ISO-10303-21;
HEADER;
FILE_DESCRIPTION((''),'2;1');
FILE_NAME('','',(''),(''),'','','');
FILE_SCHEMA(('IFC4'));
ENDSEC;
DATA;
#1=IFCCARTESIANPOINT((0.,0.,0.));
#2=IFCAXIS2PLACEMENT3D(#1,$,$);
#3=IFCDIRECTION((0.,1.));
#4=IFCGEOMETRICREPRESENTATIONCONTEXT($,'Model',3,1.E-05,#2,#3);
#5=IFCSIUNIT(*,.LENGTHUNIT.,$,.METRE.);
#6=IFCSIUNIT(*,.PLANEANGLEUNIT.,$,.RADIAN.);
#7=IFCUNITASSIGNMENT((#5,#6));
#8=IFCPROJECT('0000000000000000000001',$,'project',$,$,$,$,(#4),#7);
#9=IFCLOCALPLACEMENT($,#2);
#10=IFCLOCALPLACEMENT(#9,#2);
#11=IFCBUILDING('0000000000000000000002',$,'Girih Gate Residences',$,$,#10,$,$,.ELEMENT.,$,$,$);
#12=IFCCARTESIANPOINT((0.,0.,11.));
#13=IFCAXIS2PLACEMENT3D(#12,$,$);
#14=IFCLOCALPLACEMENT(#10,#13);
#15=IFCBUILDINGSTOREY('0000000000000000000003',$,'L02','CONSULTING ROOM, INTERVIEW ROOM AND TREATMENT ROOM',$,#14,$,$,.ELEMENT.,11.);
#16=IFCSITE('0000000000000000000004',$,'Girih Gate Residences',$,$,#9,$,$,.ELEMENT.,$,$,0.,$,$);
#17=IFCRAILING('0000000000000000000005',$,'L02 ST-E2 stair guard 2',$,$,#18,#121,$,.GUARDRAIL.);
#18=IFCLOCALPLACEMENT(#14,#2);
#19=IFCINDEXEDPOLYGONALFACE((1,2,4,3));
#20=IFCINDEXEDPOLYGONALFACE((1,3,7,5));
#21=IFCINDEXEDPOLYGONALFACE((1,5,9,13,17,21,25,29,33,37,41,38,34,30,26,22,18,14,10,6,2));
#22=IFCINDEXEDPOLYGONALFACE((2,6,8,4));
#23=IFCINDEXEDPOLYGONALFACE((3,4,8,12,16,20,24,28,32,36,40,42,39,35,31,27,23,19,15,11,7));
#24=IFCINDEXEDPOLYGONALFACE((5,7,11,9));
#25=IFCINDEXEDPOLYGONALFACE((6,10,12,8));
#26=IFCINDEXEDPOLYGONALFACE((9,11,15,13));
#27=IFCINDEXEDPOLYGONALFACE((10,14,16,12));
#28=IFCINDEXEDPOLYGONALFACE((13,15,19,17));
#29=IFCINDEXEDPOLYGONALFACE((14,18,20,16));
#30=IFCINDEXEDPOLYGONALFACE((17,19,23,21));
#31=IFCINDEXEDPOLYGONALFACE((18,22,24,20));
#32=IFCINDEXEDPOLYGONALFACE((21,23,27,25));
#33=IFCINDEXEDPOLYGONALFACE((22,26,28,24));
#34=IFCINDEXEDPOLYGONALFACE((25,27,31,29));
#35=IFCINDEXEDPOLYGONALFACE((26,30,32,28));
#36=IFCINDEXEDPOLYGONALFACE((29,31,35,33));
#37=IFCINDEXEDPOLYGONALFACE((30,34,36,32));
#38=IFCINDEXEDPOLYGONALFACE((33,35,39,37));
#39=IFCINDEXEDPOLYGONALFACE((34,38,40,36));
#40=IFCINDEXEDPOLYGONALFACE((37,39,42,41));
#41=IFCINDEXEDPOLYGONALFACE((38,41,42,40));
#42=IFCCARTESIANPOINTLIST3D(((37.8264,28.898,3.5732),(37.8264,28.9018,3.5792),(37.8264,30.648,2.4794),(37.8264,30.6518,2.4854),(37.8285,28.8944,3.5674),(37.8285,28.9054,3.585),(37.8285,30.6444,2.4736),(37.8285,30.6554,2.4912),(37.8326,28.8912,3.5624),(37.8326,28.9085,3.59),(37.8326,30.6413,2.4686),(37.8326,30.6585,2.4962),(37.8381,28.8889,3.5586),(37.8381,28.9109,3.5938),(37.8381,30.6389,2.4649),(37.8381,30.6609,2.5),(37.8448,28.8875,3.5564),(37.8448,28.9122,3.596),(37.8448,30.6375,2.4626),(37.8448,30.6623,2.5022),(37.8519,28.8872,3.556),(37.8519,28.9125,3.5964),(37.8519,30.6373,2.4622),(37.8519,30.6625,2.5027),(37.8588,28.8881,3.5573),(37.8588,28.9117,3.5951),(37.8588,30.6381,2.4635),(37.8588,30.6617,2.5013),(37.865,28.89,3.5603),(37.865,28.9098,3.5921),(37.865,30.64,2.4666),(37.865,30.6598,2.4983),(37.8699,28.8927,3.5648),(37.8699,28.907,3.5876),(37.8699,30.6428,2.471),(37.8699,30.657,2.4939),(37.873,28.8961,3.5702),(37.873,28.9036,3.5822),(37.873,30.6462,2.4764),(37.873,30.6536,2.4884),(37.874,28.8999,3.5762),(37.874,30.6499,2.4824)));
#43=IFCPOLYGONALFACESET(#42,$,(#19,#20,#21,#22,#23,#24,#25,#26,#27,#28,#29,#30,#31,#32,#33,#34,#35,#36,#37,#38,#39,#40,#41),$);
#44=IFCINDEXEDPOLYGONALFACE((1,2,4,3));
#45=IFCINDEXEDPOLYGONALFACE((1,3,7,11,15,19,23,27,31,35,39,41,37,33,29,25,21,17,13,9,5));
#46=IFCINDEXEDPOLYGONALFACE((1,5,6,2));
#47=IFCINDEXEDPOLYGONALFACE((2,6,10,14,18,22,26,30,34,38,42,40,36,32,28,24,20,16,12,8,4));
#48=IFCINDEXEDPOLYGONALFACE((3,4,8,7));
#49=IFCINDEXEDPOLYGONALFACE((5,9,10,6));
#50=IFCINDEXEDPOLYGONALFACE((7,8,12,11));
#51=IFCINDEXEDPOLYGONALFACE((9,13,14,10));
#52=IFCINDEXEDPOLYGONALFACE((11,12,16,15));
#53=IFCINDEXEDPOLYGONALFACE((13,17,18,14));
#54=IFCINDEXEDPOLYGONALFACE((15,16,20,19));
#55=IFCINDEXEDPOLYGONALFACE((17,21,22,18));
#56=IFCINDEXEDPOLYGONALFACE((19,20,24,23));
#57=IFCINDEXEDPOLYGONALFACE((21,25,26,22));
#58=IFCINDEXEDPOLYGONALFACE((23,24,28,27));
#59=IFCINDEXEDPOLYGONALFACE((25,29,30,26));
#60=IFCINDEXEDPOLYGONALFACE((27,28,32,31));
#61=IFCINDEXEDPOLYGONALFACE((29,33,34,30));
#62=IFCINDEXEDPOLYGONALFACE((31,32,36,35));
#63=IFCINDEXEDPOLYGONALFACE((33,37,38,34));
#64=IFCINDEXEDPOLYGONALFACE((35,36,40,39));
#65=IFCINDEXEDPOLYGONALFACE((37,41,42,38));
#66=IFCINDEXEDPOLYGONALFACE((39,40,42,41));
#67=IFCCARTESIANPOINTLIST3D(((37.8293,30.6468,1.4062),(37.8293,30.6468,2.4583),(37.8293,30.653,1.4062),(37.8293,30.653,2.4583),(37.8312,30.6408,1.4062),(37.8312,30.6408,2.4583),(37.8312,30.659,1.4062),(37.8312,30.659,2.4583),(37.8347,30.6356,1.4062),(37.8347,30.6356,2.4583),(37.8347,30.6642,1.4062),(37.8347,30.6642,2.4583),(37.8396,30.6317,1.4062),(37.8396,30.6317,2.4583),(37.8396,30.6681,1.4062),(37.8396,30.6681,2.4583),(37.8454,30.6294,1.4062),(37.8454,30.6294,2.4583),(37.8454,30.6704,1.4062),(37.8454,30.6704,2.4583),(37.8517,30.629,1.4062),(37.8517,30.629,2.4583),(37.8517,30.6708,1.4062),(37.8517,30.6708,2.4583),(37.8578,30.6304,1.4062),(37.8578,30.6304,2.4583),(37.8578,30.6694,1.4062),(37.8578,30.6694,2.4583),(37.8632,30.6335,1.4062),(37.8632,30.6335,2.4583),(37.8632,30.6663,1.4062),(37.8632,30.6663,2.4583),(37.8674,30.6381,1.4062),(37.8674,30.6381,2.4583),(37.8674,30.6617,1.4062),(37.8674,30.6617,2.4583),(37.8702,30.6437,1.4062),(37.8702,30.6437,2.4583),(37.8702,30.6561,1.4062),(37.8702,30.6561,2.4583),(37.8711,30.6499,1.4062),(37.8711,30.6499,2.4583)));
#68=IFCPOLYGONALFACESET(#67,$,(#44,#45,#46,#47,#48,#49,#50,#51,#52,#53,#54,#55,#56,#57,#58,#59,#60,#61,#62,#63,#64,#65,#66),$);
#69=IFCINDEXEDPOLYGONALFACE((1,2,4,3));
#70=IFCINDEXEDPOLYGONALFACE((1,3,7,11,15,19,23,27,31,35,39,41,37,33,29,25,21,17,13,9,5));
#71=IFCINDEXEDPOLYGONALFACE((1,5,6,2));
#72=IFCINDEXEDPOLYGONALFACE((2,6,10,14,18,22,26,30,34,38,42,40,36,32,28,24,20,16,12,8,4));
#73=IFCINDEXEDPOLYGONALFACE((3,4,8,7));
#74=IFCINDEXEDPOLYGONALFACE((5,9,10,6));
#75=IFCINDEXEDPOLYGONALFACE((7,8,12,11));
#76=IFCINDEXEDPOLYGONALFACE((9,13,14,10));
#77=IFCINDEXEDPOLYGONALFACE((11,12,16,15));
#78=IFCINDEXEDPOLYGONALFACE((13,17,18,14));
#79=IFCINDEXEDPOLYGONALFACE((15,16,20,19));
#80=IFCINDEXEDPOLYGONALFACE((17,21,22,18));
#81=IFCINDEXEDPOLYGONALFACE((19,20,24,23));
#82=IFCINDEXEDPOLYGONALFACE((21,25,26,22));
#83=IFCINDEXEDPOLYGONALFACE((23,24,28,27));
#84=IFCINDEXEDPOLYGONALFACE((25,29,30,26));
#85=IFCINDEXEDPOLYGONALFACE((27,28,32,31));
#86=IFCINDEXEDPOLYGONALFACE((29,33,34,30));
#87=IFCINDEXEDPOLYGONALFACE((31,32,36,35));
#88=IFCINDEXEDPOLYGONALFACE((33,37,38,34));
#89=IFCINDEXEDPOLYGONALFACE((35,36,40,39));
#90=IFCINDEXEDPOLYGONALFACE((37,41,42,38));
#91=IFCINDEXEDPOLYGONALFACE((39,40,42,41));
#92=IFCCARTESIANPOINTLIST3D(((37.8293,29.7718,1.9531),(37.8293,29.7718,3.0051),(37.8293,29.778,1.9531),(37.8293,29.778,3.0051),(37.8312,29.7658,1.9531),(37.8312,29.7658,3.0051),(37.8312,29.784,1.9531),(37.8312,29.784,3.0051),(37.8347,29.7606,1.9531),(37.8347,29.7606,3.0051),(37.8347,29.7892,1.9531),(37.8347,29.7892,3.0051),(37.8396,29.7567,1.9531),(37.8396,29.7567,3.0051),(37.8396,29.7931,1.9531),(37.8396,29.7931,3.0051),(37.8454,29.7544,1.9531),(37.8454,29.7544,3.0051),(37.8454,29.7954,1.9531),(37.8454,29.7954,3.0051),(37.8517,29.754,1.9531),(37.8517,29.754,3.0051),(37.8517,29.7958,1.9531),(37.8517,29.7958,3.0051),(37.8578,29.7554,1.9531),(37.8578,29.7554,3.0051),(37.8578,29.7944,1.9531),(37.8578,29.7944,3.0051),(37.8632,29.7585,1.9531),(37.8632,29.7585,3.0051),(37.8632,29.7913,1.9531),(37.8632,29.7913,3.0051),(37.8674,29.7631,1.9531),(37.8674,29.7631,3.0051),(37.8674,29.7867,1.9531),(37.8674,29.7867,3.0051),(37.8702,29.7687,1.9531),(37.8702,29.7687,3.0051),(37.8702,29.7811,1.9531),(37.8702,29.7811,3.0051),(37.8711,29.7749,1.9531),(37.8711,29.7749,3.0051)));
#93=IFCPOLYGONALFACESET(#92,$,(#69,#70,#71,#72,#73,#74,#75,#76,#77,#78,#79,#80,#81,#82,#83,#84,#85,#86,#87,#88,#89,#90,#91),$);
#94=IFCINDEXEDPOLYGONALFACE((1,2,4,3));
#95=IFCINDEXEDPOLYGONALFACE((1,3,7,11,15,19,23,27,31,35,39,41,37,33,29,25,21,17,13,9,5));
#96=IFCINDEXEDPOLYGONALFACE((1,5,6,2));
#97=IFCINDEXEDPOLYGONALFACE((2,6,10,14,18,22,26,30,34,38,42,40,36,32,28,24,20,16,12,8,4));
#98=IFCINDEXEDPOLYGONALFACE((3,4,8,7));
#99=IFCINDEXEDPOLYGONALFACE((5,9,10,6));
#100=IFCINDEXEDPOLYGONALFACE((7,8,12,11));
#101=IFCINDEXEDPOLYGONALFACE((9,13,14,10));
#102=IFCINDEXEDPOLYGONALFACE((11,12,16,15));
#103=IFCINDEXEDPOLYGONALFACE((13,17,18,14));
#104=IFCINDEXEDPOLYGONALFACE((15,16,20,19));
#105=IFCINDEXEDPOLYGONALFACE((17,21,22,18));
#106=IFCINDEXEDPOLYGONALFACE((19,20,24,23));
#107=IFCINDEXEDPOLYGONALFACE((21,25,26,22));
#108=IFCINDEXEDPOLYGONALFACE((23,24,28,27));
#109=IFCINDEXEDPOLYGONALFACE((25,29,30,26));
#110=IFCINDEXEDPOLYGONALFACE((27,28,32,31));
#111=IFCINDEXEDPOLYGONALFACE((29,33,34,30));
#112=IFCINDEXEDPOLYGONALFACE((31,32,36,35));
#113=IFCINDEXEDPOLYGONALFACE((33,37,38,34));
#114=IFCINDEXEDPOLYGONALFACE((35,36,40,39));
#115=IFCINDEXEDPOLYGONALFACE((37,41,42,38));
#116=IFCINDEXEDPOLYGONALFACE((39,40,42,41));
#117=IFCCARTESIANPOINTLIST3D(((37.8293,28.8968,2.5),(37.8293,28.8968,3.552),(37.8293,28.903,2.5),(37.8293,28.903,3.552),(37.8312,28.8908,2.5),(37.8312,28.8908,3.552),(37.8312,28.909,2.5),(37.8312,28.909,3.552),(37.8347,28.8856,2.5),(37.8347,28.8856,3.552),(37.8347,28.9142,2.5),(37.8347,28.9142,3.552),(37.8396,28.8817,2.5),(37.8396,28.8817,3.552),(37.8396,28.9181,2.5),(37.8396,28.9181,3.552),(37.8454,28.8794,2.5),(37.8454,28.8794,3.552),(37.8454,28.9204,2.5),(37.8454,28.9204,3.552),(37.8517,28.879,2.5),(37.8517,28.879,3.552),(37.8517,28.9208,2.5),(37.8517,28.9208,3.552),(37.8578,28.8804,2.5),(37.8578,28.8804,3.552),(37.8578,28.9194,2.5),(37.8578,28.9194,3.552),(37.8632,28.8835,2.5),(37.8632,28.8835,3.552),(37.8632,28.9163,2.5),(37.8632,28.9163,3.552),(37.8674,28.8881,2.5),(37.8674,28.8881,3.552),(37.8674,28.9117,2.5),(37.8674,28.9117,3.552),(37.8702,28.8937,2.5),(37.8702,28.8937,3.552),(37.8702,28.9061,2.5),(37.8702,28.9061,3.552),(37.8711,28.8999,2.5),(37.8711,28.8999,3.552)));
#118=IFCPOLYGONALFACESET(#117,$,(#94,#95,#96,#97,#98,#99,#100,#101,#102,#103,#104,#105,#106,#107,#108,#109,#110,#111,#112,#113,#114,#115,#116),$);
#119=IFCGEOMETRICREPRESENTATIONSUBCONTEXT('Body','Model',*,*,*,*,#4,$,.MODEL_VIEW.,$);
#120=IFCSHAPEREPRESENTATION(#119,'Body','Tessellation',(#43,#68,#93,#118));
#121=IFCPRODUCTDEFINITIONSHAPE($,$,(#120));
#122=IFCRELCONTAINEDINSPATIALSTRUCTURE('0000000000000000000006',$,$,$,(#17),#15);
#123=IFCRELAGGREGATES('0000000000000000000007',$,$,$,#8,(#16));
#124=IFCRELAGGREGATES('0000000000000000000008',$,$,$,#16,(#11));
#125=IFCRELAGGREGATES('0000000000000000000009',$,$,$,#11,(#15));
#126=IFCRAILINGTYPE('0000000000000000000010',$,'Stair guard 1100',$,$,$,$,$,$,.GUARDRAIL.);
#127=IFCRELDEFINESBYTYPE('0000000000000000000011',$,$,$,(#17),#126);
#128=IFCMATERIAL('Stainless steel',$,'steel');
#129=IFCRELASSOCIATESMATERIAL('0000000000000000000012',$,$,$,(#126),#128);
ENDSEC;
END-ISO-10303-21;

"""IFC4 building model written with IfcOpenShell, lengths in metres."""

from ifc_helpers import new_model, si_unit, direction, frame, origin, origin_2d, place, context, subcontext, project, spatial, circle, extrude, material, type_object, element, save


model = new_model("IFC4")

# Units and contexts
model_context = context("Model", 3, precision=1e-05, world=origin(), true_north=direction((0.0, 1.0)))
body_context = subcontext(model_context, "Body", "Model", "MODEL_VIEW")
ifc_project = project(units=[si_unit("LENGTHUNIT", "METRE"), si_unit("PLANEANGLEUNIT", "RADIAN")], contexts=[model_context])

# Site, building, storey
site_placement = place(None, origin())
site = spatial("IfcSite", under=ifc_project, at=site_placement, Name="Girih Gate Residences", CompositionType="ELEMENT", RefElevation=0.0)
building_placement = place(site_placement, origin())
building = spatial("IfcBuilding", under=site, at=building_placement, Name="Girih Gate Residences", CompositionType="ELEMENT")
storey_placement = place(building_placement, frame((0.0, 0.0, 11.0)))
storey = spatial("IfcBuildingStorey", under=building, at=storey_placement, Name="L02", Description="CONSULTING ROOM, INTERVIEW ROOM AND TREATMENT ROOM", CompositionType="ELEMENT", Elevation=11.0)

# Railing
ifc_material_1 = material(Name="Stainless steel", Category="steel")
railing_type_1 = type_object("IfcRailingType", Name="Stair guard 1100", PredefinedType="GUARDRAIL", material=ifc_material_1)
railing_1_placement = place(storey_placement, frame((37.8501, 30.6499, 1.4062)))
element("IfcRailing", 1, at=railing_1_placement, inside=storey, type_object=railing_type_1, Name="L02 ST-E2 stair guard 2", PredefinedType="GUARDRAIL", context=body_context, shape_type="SweptSolid", body=[
    extrude(circle(Radius=0.0239, at=origin_2d()), frame((0.0, 0.0, 1.0762), z_axis=(0.0, -0.847998, 0.529999), x_axis=(1.0, 0.0, 0.0)), (0.0, 0.0, 1.0), 2.0637),
    extrude(circle(Radius=0.021, at=origin_2d()), origin(), (0.0, 0.0, 1.0), 1.052),
    extrude(circle(Radius=0.021, at=origin_2d()), frame((0.0, -0.875, 0.5469)), (0.0, 0.0, 1.0), 1.052),
    extrude(circle(Radius=0.021, at=origin_2d()), frame((0.0, -1.75, 1.0938)), (0.0, 0.0, 1.0), 1.052),
])

save(model, "model.ifc")
